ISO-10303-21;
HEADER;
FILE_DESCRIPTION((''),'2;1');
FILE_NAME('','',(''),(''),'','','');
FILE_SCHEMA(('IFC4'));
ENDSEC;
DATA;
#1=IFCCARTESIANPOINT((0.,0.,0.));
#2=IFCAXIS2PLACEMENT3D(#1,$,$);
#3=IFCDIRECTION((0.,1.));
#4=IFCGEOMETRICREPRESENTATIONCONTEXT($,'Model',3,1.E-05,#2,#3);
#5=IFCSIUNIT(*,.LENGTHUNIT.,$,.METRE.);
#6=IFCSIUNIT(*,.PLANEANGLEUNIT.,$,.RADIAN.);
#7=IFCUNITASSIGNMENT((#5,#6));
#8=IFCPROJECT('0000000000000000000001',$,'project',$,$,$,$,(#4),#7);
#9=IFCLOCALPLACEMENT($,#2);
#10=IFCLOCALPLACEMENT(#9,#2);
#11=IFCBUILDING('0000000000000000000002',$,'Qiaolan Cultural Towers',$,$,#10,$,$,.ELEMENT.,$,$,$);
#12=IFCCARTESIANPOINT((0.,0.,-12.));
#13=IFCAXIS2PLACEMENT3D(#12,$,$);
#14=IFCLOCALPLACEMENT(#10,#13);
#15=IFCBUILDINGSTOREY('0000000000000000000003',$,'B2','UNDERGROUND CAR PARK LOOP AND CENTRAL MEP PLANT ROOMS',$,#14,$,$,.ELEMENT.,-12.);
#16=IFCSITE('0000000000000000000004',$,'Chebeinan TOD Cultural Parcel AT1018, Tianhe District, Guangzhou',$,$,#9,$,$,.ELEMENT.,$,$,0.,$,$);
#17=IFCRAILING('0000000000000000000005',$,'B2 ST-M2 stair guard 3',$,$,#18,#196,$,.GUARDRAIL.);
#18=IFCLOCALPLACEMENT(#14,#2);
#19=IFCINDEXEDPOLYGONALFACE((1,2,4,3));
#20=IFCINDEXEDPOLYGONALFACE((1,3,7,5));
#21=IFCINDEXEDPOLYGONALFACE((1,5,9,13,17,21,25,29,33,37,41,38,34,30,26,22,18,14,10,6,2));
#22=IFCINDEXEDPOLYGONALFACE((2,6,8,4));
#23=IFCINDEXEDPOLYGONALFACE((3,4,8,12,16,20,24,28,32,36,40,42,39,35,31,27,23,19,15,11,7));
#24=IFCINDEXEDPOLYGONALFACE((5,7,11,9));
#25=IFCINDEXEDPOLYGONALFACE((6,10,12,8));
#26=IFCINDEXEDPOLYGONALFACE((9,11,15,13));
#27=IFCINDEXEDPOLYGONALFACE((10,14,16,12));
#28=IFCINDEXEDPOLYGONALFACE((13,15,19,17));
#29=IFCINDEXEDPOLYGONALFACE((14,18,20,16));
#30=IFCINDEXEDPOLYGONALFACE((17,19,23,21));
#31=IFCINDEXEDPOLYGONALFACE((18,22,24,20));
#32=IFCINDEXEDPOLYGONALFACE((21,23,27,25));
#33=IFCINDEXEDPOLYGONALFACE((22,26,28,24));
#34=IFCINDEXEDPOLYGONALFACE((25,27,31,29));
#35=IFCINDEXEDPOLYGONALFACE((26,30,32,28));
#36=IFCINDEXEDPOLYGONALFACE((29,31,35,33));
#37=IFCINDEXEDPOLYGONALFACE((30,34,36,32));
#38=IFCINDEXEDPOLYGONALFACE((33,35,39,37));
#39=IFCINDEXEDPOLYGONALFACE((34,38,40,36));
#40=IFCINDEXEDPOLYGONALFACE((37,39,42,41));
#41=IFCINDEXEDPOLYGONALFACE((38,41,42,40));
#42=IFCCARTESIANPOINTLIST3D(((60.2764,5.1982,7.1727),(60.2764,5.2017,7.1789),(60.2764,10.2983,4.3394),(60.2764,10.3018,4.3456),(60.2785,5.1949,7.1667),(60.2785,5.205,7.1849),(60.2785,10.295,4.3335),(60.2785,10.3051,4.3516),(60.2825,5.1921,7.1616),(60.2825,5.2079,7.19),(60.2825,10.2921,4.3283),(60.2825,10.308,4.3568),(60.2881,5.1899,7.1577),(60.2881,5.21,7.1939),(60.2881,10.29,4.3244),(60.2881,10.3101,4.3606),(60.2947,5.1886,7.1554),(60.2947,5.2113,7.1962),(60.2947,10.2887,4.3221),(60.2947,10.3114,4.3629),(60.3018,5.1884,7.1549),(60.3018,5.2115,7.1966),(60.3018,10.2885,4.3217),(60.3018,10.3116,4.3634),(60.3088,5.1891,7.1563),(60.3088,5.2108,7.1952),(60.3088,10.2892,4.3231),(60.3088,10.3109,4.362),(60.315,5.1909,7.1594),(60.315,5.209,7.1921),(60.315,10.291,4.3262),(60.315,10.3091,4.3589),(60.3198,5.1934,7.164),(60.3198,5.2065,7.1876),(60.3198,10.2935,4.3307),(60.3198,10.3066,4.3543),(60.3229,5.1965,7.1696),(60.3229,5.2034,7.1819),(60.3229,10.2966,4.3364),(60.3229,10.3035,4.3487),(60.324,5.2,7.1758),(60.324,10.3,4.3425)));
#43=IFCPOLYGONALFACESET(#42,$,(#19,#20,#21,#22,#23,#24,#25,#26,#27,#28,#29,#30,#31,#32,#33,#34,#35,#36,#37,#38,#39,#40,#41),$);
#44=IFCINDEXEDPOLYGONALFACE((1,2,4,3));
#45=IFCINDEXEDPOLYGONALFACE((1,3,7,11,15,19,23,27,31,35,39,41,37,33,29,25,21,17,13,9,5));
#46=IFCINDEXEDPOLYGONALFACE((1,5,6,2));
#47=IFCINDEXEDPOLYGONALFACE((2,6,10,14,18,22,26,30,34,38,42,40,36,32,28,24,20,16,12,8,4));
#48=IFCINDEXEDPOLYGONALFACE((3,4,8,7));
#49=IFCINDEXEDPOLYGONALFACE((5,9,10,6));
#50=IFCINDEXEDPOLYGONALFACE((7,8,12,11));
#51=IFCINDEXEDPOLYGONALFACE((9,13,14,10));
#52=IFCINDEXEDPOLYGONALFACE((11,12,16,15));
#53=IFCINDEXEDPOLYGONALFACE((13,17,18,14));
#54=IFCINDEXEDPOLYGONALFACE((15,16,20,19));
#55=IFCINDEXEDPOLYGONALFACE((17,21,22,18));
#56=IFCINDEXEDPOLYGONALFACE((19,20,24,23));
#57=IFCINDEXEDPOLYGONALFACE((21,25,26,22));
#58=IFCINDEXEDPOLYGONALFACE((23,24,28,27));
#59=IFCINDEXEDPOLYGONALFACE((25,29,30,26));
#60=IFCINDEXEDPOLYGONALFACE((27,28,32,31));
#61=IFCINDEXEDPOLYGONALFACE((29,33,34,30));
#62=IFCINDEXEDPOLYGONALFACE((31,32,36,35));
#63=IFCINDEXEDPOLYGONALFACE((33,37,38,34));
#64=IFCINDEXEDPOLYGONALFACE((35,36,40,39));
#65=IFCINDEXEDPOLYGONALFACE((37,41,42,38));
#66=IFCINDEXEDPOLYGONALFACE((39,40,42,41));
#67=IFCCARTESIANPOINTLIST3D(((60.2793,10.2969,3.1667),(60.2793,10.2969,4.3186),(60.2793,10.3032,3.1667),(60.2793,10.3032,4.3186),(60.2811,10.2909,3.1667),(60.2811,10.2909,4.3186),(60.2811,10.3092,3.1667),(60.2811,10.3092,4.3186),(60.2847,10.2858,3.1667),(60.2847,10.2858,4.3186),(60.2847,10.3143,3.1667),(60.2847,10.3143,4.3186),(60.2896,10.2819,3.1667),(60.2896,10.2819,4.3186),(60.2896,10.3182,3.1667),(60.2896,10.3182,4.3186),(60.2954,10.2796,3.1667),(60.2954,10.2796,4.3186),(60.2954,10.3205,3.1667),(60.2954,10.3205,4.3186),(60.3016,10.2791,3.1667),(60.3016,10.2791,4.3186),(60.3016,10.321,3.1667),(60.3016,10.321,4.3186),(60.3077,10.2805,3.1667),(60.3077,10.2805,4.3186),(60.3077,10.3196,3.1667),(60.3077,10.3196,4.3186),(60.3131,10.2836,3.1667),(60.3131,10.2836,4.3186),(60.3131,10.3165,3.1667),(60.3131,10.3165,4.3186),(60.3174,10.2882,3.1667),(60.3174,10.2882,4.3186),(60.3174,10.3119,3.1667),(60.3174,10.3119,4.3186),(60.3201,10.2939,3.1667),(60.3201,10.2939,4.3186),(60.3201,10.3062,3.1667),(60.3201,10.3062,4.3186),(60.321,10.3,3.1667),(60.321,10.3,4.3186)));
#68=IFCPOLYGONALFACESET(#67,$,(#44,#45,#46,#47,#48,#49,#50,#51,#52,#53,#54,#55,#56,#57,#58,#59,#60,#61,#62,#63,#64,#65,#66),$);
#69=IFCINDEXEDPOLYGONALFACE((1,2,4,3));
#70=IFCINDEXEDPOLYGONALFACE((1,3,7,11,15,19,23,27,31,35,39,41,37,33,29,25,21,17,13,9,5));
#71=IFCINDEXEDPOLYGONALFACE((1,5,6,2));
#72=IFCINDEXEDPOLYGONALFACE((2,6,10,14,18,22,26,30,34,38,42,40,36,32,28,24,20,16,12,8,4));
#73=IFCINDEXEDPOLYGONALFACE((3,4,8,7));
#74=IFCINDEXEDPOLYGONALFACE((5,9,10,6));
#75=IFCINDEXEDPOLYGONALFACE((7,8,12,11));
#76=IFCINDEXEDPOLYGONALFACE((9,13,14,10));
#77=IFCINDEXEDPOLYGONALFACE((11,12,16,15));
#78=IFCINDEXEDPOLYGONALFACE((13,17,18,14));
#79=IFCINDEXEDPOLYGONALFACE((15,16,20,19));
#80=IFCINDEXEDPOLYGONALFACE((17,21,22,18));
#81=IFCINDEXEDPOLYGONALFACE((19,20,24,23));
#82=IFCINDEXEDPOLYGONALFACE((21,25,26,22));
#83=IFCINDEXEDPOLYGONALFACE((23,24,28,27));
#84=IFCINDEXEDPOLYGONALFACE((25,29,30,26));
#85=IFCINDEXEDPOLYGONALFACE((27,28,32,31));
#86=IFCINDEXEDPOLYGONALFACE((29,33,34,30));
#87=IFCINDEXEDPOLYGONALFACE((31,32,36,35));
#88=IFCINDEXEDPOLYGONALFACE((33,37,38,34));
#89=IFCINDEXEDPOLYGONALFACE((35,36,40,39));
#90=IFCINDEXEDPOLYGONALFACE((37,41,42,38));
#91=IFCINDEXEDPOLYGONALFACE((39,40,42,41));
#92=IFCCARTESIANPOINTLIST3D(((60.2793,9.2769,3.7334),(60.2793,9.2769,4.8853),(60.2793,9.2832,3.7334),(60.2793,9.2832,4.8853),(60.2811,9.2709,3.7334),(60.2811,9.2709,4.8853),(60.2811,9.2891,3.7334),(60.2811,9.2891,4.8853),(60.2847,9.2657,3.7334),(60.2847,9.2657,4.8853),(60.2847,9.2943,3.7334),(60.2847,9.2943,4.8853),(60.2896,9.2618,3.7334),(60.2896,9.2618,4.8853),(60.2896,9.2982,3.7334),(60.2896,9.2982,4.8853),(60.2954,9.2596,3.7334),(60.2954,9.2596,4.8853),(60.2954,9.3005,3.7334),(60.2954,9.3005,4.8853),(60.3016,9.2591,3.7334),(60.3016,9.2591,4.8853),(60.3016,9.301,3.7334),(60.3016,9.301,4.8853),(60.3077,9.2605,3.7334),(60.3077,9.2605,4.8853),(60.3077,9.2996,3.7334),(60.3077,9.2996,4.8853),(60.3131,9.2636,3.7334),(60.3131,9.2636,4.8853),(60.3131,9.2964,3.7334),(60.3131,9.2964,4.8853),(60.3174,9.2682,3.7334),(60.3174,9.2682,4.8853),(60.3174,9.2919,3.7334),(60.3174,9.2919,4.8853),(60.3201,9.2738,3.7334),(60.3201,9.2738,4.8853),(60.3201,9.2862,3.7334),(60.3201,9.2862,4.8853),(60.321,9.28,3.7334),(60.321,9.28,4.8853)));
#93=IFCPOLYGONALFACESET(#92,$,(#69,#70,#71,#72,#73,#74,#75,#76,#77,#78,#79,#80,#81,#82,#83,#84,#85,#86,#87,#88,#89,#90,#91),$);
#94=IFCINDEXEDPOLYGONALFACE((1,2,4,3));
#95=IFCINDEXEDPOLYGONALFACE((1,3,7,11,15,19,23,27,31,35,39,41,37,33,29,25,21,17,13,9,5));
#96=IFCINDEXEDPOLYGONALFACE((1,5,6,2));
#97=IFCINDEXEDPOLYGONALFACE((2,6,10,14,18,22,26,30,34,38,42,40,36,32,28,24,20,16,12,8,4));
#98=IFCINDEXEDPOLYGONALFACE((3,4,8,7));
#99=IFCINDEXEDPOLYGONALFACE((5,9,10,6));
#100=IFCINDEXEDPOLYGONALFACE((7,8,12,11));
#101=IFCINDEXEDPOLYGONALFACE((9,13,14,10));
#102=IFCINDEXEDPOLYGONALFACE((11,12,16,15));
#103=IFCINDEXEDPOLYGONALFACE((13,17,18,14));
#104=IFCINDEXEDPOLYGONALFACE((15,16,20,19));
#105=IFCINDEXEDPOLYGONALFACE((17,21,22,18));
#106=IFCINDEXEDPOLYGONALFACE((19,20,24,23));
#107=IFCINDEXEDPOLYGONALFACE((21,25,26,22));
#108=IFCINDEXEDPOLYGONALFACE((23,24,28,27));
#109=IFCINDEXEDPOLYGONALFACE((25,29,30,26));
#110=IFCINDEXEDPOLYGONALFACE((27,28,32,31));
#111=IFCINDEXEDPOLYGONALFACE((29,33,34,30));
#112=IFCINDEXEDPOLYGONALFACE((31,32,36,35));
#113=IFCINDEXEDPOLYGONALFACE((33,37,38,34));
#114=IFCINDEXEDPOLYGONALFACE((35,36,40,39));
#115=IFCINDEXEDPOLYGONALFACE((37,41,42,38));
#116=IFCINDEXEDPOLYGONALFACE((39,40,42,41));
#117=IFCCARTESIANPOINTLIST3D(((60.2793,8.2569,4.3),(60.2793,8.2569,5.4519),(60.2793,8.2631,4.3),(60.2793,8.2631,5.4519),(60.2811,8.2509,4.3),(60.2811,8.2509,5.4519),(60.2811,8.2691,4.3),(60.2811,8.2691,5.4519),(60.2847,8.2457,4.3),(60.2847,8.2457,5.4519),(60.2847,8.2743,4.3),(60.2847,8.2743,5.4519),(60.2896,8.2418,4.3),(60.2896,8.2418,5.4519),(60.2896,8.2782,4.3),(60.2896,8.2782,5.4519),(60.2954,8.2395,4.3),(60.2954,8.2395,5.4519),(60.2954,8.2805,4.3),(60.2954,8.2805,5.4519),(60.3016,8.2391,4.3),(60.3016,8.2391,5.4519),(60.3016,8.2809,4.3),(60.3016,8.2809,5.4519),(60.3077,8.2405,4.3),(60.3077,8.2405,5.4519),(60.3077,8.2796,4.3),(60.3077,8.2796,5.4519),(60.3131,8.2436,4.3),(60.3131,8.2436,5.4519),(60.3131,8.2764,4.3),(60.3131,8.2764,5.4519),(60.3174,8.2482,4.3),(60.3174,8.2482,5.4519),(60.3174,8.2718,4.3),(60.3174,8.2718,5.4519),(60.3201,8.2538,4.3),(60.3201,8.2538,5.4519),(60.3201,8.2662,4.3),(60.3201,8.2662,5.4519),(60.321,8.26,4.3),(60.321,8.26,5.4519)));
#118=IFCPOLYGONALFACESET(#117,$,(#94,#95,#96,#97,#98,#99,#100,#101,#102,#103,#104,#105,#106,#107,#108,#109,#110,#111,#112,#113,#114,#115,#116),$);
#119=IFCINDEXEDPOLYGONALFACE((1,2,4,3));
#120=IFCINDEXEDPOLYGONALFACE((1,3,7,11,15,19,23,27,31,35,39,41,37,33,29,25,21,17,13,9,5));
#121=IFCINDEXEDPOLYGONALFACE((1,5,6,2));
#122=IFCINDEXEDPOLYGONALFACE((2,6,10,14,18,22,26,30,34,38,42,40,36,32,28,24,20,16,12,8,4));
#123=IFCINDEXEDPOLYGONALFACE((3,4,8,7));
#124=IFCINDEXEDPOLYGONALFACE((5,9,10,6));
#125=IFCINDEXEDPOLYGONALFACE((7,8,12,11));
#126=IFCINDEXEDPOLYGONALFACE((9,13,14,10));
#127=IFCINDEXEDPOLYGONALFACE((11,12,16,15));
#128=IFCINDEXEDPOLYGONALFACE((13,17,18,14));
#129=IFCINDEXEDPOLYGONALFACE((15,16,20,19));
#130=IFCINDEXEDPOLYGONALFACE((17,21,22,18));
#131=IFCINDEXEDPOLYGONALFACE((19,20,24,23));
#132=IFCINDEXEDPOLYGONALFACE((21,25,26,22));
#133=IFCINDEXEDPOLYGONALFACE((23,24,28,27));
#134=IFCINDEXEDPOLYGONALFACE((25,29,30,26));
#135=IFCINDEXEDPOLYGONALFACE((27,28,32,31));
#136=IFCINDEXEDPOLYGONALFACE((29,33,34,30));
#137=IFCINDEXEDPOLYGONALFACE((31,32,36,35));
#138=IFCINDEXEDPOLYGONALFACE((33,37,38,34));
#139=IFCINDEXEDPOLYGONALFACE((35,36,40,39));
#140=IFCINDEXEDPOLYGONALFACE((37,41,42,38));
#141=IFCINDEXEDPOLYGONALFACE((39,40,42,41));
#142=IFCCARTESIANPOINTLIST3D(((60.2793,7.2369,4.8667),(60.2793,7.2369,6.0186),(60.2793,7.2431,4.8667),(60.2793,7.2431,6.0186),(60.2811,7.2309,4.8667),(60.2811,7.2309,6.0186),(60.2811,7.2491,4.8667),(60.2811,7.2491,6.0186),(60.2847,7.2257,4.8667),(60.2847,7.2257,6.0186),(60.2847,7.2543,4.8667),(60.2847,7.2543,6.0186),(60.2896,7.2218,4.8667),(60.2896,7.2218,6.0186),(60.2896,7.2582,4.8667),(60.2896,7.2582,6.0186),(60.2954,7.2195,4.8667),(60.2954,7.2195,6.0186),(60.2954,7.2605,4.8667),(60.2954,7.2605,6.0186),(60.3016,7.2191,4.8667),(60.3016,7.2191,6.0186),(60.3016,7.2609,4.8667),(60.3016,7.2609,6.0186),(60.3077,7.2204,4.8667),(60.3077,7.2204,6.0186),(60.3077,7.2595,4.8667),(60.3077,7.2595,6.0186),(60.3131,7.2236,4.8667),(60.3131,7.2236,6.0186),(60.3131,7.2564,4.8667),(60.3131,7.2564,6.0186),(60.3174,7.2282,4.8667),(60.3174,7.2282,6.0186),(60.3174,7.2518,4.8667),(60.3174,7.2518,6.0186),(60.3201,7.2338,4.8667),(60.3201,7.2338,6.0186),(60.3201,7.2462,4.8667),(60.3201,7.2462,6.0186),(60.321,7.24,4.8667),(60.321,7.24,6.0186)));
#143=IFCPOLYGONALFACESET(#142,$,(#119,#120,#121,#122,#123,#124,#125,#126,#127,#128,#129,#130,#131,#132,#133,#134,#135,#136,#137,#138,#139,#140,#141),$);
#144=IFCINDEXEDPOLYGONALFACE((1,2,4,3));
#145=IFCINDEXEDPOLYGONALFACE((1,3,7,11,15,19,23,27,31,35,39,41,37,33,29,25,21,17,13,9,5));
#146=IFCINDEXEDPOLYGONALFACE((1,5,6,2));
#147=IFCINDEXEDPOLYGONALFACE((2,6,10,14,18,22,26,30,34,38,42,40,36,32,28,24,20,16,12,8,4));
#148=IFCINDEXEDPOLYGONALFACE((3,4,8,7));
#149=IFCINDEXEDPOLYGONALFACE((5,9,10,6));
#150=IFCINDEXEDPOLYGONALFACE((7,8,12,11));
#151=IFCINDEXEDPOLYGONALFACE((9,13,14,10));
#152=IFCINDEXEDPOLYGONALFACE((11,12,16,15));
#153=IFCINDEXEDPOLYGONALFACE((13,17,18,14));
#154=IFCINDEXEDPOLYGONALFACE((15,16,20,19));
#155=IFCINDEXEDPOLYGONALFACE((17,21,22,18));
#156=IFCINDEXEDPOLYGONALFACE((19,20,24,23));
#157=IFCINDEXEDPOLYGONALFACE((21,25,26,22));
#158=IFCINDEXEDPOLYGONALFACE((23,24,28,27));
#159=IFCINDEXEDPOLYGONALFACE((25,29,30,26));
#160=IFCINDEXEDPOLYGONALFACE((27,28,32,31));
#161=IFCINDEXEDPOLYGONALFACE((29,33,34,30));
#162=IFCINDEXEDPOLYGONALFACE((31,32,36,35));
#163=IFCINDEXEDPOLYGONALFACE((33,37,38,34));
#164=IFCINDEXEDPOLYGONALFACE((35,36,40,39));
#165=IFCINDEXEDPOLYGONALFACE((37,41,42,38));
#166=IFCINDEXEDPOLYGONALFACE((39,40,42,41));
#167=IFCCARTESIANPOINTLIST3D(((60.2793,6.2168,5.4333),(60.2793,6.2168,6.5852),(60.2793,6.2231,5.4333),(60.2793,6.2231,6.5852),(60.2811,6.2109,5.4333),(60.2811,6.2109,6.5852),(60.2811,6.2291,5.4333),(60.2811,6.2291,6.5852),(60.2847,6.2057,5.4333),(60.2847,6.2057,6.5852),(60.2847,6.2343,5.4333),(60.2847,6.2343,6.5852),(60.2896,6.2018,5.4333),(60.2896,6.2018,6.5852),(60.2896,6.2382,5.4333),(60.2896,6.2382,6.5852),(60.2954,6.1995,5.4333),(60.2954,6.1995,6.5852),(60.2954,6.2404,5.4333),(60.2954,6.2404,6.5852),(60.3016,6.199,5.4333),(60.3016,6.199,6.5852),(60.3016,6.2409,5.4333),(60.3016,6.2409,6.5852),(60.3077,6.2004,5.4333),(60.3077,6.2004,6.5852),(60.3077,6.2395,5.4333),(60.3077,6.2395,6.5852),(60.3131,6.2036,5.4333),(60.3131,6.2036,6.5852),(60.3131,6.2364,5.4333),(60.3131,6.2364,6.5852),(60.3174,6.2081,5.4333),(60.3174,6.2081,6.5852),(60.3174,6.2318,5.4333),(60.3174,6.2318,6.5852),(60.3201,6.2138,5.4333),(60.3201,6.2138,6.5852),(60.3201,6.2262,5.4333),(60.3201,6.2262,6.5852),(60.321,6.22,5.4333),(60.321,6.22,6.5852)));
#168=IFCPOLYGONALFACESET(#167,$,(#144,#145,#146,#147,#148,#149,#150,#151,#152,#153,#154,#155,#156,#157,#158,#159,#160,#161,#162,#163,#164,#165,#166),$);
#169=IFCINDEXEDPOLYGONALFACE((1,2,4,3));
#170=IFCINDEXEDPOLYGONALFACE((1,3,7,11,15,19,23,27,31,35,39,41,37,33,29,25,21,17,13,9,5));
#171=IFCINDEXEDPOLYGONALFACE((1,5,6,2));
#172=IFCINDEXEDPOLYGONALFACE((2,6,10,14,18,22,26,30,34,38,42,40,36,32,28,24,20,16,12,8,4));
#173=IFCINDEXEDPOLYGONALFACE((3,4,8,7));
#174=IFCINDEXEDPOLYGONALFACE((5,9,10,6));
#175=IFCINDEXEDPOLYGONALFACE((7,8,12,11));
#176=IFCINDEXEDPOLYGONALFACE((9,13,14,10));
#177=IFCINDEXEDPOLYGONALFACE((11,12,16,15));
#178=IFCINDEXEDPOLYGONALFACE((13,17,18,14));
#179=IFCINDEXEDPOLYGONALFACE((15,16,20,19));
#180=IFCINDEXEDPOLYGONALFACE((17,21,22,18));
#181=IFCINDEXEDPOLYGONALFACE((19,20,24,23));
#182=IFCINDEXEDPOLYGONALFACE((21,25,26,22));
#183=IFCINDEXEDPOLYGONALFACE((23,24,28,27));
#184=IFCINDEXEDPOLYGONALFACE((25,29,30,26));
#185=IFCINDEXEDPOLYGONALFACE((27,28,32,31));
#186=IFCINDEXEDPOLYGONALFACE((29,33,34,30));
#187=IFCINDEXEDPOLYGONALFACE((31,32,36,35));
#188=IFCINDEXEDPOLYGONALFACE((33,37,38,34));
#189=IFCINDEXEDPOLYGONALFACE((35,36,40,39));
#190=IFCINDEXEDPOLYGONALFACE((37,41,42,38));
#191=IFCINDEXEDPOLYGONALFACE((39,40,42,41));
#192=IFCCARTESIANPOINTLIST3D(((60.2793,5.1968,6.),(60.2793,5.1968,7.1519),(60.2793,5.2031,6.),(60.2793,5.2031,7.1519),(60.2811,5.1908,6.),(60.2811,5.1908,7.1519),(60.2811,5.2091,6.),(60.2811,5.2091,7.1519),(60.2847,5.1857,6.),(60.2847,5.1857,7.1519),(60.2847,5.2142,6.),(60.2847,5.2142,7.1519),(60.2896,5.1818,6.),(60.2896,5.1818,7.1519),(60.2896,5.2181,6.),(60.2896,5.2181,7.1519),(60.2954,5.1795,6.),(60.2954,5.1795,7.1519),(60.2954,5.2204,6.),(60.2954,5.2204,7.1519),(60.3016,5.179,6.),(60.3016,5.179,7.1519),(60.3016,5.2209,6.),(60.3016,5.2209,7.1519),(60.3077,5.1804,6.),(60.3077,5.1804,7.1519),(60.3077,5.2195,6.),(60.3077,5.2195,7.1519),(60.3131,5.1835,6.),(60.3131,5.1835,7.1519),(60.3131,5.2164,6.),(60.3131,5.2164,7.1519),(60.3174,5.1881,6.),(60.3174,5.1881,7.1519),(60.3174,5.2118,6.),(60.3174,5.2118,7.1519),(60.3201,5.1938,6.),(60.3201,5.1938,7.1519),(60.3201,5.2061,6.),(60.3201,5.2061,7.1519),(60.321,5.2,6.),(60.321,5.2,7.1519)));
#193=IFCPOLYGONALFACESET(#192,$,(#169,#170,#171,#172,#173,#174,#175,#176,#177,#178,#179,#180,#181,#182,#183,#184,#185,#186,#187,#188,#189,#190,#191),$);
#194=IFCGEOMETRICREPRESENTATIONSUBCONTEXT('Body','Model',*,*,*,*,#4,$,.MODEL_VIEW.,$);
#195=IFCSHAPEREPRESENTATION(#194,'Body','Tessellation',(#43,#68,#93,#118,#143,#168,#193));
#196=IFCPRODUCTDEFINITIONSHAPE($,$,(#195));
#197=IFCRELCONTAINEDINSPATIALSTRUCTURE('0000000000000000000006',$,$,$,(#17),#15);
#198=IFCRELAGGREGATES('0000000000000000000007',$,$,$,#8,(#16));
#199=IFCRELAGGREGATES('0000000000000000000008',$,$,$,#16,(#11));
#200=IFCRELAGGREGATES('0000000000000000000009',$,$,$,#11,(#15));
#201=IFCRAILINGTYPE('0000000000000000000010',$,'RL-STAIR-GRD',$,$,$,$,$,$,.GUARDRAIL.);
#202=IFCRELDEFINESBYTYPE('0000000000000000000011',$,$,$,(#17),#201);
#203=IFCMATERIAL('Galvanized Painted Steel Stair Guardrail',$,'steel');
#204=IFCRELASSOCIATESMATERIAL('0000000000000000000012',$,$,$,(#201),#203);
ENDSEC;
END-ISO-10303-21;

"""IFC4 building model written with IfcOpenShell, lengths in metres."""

from ifc_helpers import new_model, si_unit, direction, frame, origin, origin_2d, place, context, subcontext, project, spatial, circle, extrude, material, type_object, element, save


model = new_model("IFC4")

# Units and contexts
model_context = context("Model", 3, precision=1e-05, world=origin(), true_north=direction((0.0, 1.0)))
body_context = subcontext(model_context, "Body", "Model", "MODEL_VIEW")
ifc_project = project(units=[si_unit("LENGTHUNIT", "METRE"), si_unit("PLANEANGLEUNIT", "RADIAN")], contexts=[model_context])

# Site, building, storey
site_placement = place(None, origin())
site = spatial("IfcSite", under=ifc_project, at=site_placement, Name="Chebeinan TOD Cultural Parcel AT1018, Tianhe District, Guangzhou", CompositionType="ELEMENT", RefElevation=0.0)
building_placement = place(site_placement, origin())
building = spatial("IfcBuilding", under=site, at=building_placement, Name="Qiaolan Cultural Towers", CompositionType="ELEMENT")
storey_placement = place(building_placement, frame((0.0, 0.0, -12.0)))
storey = spatial("IfcBuildingStorey", under=building, at=storey_placement, Name="B2", Description="UNDERGROUND CAR PARK LOOP AND CENTRAL MEP PLANT ROOMS", CompositionType="ELEMENT", Elevation=-12.0)

# Railing
ifc_material_1 = material(Name="Galvanized Painted Steel Stair Guardrail", Category="steel")
railing_type_1 = type_object("IfcRailingType", Name="RL-STAIR-GRD", PredefinedType="GUARDRAIL", material=ifc_material_1)
railing_1_placement = place(storey_placement, frame((60.3, 10.3, 3.1667)))
element("IfcRailing", 1, at=railing_1_placement, inside=storey, type_object=railing_type_1, Name="B2 ST-M2 stair guard 3", PredefinedType="GUARDRAIL", context=body_context, shape_type="SweptSolid", body=[
    extrude(circle(Radius=0.0239, at=origin_2d()), frame((0.0, 0.0, 1.1758), z_axis=(0.0, -0.874167, 0.485625), x_axis=(1.0, 0.0, 0.0)), (0.0, 0.0, 1.0), 5.8342),
    extrude(circle(Radius=0.021, at=origin_2d()), origin(), (0.0, 0.0, 1.0), 1.1519),
    extrude(circle(Radius=0.021, at=origin_2d()), frame((0.0, -1.02, 0.5667)), (0.0, 0.0, 1.0), 1.1519),
    extrude(circle(Radius=0.021, at=origin_2d()), frame((0.0, -2.04, 1.1333)), (0.0, 0.0, 1.0), 1.1519),
    extrude(circle(Radius=0.021, at=origin_2d()), frame((0.0, -3.0601, 1.7)), (0.0, 0.0, 1.0), 1.1519),
    extrude(circle(Radius=0.021, at=origin_2d()), frame((0.0, -4.0801, 2.2666)), (0.0, 0.0, 1.0), 1.1519),
    extrude(circle(Radius=0.021, at=origin_2d()), frame((0.0, -5.1001, 2.8333)), (0.0, 0.0, 1.0), 1.1519),
])

save(model, "model.ifc")
